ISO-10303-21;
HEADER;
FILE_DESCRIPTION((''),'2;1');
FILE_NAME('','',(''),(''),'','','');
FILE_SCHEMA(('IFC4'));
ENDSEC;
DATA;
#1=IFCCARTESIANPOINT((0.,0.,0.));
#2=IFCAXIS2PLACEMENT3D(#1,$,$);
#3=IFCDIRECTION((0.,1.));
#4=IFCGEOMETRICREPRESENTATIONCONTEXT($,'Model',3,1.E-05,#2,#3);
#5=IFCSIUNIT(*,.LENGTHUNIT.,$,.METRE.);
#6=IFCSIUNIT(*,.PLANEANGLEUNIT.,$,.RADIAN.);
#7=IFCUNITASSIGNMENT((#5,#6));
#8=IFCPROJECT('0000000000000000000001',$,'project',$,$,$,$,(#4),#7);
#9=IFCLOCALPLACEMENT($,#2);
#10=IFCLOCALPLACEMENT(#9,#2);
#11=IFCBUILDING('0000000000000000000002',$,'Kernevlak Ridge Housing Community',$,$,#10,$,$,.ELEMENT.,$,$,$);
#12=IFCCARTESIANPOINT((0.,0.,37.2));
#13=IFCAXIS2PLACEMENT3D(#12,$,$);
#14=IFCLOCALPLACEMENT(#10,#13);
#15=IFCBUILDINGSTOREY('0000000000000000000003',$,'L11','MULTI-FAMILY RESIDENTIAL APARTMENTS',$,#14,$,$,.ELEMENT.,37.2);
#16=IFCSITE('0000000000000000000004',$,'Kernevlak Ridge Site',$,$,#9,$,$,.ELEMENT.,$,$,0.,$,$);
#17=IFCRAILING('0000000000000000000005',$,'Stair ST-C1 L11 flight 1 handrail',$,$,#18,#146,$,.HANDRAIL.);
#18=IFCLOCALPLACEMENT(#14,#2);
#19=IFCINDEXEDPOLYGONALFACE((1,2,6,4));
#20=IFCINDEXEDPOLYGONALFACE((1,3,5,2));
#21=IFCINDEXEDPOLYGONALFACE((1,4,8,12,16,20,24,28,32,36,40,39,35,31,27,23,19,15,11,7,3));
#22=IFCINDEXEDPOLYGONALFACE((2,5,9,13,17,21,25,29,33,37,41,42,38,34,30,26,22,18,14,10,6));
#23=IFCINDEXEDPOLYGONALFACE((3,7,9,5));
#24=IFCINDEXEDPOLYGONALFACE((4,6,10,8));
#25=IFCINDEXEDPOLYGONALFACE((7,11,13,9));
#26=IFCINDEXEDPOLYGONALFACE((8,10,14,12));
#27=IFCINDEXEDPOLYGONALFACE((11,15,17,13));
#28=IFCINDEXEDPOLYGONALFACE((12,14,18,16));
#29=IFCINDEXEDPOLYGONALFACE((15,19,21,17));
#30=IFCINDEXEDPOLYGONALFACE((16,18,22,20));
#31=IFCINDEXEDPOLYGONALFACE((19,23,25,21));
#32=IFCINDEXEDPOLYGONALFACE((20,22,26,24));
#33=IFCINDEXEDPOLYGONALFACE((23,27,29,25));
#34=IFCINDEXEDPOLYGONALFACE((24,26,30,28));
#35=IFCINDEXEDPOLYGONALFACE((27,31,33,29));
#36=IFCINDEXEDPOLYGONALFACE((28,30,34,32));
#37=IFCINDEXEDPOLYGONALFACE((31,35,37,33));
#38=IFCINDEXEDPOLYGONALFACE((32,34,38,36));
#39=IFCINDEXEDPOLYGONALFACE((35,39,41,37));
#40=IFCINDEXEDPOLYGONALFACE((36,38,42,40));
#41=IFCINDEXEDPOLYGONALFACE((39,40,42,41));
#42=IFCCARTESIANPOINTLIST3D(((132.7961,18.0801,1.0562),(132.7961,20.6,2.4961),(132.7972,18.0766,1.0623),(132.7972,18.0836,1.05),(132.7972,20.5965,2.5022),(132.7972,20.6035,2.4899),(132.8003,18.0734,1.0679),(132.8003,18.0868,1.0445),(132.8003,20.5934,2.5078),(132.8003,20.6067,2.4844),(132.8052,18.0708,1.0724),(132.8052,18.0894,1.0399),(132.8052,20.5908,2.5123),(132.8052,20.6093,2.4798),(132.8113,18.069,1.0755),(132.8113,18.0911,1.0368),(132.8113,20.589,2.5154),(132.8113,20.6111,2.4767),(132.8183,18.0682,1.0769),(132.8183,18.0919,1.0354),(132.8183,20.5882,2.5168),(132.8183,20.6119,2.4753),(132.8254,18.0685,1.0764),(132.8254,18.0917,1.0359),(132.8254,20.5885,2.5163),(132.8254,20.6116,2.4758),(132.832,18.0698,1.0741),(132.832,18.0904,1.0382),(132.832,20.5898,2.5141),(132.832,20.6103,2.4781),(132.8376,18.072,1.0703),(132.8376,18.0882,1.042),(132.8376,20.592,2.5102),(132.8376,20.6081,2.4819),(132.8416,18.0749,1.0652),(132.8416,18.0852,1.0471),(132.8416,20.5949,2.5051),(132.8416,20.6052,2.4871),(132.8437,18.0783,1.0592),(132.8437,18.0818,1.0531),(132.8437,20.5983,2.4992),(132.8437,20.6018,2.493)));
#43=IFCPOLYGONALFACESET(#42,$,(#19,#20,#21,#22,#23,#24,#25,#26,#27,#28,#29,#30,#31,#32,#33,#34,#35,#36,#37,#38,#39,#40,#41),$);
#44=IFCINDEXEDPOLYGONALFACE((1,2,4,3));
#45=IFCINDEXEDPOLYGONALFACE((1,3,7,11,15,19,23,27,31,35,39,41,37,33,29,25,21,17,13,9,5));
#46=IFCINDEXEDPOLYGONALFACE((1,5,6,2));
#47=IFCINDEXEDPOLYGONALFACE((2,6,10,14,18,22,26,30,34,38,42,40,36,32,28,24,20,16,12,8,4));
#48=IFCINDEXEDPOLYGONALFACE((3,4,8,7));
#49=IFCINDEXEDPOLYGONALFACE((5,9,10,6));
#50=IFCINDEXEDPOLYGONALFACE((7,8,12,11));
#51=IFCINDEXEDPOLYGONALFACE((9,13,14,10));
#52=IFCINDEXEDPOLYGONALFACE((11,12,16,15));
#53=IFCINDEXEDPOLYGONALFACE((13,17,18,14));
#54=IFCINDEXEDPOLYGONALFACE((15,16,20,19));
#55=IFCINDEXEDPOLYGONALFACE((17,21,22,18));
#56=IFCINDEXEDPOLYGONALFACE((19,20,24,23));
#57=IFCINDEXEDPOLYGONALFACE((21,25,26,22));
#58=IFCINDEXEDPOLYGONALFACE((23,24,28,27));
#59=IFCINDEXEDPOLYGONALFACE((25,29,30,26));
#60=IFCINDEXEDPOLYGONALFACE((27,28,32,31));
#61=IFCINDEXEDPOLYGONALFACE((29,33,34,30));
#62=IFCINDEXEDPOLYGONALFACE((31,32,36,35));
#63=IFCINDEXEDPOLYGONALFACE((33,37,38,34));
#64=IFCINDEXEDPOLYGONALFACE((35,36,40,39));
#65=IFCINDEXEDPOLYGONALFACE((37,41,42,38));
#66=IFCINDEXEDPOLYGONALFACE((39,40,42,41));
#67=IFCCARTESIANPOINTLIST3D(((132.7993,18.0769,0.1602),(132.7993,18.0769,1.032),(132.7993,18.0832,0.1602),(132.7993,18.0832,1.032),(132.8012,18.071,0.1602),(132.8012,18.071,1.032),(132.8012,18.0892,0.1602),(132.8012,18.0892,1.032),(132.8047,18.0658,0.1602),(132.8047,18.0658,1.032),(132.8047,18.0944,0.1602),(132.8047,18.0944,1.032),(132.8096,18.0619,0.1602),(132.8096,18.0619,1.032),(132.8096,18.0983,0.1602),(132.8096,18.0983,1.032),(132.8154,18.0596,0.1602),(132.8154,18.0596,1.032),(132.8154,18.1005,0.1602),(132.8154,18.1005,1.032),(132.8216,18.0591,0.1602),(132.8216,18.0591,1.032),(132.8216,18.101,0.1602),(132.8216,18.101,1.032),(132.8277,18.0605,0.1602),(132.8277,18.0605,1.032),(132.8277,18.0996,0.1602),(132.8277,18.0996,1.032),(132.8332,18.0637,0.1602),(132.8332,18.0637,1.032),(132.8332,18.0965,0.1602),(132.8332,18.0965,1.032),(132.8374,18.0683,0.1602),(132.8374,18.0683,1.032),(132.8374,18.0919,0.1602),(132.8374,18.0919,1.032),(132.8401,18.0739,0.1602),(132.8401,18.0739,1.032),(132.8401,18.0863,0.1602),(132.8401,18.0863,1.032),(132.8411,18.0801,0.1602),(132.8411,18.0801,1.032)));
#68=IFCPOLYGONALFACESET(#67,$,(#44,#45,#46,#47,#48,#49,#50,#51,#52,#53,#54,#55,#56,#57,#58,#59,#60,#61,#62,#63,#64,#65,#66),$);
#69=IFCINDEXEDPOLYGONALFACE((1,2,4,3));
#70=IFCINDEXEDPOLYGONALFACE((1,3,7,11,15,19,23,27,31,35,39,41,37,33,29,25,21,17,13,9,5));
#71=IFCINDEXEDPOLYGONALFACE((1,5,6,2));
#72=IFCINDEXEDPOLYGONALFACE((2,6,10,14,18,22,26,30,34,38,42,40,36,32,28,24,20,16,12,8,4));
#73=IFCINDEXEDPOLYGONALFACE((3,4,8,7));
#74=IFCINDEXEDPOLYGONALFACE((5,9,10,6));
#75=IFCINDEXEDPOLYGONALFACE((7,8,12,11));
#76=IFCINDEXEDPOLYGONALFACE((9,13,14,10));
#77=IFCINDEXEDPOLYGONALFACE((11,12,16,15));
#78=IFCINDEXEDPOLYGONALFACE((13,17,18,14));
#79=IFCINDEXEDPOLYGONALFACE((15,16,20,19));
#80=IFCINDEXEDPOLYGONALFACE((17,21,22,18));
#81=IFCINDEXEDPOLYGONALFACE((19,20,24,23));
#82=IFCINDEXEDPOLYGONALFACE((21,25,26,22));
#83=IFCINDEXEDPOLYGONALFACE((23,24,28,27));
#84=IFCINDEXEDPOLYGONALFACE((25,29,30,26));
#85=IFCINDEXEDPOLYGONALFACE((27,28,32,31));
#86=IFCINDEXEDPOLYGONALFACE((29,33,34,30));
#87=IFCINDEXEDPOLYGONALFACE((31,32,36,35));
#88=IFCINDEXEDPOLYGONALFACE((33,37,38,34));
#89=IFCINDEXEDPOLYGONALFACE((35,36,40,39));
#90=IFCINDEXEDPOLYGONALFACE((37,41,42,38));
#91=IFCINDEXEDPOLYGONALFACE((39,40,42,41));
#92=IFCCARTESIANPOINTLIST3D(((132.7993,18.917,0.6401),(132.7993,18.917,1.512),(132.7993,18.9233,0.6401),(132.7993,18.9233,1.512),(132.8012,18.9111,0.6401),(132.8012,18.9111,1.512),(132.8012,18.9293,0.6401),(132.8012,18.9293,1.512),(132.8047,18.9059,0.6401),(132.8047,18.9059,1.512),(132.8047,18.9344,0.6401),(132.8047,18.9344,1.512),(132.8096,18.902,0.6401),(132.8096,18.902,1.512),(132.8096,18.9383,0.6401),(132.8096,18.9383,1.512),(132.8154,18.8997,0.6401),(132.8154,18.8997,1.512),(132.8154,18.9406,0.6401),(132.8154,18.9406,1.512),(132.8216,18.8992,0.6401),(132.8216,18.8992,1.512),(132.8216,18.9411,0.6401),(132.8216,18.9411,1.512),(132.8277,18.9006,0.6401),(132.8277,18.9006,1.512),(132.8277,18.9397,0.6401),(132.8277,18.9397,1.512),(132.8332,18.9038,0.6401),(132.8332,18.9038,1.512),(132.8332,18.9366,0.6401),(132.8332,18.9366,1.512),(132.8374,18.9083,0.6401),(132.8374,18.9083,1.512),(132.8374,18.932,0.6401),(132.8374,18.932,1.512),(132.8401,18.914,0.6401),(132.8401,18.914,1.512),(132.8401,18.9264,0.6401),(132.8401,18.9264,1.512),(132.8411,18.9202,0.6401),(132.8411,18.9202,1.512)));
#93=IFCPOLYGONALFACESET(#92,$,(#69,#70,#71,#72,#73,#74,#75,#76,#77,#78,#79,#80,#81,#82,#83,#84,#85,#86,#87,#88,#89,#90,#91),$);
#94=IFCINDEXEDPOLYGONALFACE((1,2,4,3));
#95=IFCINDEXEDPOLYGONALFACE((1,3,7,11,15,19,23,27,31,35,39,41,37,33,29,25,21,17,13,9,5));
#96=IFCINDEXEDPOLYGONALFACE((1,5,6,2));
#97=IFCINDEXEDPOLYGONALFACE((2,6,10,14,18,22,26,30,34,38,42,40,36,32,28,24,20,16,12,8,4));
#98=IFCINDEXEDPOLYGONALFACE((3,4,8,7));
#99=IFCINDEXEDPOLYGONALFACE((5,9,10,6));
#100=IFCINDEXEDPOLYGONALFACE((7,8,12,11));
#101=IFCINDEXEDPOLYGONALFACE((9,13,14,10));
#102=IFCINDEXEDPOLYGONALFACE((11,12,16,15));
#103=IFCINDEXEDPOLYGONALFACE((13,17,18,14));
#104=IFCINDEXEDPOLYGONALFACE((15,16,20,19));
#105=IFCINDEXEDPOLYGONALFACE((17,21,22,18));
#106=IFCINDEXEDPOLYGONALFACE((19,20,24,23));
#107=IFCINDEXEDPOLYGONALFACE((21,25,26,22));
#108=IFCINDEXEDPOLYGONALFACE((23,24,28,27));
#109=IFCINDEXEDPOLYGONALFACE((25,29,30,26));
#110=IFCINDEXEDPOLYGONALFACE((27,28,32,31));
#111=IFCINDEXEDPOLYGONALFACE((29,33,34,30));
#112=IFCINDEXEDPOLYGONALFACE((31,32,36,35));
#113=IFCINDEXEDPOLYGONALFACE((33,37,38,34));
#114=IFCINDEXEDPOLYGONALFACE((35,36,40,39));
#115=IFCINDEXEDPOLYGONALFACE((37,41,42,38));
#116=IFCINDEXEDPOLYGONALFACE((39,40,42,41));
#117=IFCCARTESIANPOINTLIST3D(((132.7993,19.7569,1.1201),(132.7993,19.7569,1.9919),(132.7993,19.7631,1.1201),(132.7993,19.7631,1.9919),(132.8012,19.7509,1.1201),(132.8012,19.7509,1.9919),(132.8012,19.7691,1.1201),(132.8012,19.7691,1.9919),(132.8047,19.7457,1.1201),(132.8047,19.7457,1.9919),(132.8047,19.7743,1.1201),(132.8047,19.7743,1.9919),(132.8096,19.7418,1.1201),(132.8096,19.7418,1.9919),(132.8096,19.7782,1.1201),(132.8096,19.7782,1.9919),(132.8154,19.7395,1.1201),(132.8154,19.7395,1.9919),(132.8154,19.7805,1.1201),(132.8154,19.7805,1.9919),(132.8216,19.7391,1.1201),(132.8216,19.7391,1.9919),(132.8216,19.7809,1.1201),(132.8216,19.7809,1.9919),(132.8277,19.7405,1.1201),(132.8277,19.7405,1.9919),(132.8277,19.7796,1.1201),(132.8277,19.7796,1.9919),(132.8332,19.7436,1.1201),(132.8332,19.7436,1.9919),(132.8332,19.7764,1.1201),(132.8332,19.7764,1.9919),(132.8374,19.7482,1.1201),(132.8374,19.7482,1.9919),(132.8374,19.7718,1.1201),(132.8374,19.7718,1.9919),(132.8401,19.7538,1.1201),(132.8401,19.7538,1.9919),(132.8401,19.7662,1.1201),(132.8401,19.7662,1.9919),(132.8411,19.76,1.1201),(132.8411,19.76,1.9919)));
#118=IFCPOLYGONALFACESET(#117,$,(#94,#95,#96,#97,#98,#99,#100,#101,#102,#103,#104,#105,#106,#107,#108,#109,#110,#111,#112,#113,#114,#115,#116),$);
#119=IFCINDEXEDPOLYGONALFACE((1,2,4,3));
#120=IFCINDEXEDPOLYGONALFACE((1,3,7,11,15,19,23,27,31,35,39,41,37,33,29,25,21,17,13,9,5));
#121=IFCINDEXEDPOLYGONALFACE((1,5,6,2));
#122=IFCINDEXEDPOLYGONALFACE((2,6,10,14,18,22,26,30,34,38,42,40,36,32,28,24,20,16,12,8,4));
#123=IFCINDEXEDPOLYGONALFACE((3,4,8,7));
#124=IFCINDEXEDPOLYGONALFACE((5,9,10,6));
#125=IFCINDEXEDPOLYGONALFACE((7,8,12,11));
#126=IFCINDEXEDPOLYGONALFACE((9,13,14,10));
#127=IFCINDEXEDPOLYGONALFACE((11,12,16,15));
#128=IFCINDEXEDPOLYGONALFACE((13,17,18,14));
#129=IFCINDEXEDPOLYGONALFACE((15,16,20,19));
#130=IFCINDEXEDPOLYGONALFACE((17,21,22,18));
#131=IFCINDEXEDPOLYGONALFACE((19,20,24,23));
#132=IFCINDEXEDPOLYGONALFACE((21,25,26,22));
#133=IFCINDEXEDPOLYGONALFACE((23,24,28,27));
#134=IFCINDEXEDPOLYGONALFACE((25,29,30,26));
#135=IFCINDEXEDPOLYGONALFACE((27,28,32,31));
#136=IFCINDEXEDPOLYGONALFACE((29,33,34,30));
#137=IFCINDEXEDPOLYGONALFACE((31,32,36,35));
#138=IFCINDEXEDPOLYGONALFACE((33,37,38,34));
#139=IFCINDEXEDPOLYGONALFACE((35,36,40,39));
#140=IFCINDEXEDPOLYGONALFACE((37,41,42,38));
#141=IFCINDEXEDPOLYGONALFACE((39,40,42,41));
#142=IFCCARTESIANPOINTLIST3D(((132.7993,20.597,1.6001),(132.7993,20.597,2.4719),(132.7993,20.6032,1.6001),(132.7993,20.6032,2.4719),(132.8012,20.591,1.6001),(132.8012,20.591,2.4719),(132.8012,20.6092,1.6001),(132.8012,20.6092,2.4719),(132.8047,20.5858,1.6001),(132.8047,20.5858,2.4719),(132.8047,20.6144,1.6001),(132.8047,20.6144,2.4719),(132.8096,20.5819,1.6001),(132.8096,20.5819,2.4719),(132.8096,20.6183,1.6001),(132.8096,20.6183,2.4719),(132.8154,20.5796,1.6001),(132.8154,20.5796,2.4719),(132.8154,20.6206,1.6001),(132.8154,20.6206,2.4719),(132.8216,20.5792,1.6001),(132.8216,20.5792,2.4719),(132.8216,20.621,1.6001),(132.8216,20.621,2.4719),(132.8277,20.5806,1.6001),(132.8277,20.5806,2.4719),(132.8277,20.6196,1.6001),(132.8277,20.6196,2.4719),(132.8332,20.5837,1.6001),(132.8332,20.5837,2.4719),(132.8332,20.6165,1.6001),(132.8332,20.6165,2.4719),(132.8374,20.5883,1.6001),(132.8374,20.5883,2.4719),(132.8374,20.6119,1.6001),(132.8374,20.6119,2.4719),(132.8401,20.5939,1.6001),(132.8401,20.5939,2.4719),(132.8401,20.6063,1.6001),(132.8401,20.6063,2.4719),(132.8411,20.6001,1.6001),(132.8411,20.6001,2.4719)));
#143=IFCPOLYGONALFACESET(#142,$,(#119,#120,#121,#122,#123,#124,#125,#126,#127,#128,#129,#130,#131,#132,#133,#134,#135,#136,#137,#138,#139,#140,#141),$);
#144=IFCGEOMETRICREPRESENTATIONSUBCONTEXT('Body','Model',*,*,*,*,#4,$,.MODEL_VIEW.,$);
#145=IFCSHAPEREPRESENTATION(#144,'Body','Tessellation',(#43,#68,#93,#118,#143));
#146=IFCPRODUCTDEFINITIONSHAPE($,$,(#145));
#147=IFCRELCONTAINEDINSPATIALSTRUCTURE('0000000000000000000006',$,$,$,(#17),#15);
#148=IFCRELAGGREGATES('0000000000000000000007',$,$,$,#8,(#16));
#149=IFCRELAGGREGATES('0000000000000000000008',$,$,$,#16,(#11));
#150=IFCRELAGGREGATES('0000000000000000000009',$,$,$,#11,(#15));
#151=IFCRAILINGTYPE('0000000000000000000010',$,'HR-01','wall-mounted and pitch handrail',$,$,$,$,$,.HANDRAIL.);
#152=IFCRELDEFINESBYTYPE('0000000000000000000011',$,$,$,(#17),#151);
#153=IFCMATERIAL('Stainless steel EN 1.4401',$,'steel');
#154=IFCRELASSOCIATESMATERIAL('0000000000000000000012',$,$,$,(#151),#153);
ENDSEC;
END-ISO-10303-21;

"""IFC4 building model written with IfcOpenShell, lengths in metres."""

from ifc_helpers import new_model, si_unit, direction, frame, origin, origin_2d, place, context, subcontext, project, spatial, circle, extrude, material, type_object, element, save


model = new_model("IFC4")

# Units and contexts
model_context = context("Model", 3, precision=1e-05, world=origin(), true_north=direction((0.0, 1.0)))
body_context = subcontext(model_context, "Body", "Model", "MODEL_VIEW")
ifc_project = project(units=[si_unit("LENGTHUNIT", "METRE"), si_unit("PLANEANGLEUNIT", "RADIAN")], contexts=[model_context])

# Site, building, storey
site_placement = place(None, origin())
site = spatial("IfcSite", under=ifc_project, at=site_placement, Name="Kernevlak Ridge Site", CompositionType="ELEMENT", RefElevation=0.0)
building_placement = place(site_placement, origin())
building = spatial("IfcBuilding", under=site, at=building_placement, Name="Kernevlak Ridge Housing Community", CompositionType="ELEMENT")
storey_placement = place(building_placement, frame((0.0, 0.0, 37.2)))
storey = spatial("IfcBuildingStorey", under=building, at=storey_placement, Name="L11", Description="MULTI-FAMILY RESIDENTIAL APARTMENTS", CompositionType="ELEMENT", Elevation=37.2)

# Railing
ifc_material_1 = material(Name="Stainless steel EN 1.4401", Category="steel")
railing_type_1 = type_object("IfcRailingType", Name="HR-01", Description="wall-mounted and pitch handrail", PredefinedType="HANDRAIL", material=ifc_material_1)
railing_1_placement = place(storey_placement, frame((132.8201, 18.0801, 0.1602)))
element("IfcRailing", 1, at=railing_1_placement, inside=storey, type_object=railing_type_1, Name="Stair ST-C1 L11 flight 1 handrail", PredefinedType="HANDRAIL", context=body_context, shape_type="SweptSolid", body=[
    extrude(circle(Radius=0.0239, at=origin_2d()), frame((0.0, 0.0, 0.896), z_axis=(0.0, 0.868253, 0.496121), x_axis=(-1.0, 0.0, 0.0)), (0.0, 0.0, 1.0), 2.9023),
    extrude(circle(Radius=0.021, at=origin_2d()), origin(), (0.0, 0.0, 1.0), 0.8718),
    extrude(circle(Radius=0.021, at=origin_2d()), frame((0.0, 0.8401, 0.48)), (0.0, 0.0, 1.0), 0.8718),
    extrude(circle(Radius=0.021, at=origin_2d()), frame((0.0, 1.6799, 0.96)), (0.0, 0.0, 1.0), 0.8718),
    extrude(circle(Radius=0.021, at=origin_2d()), frame((0.0, 2.52, 1.4399)), (0.0, 0.0, 1.0), 0.8718),
])

save(model, "model.ifc")
